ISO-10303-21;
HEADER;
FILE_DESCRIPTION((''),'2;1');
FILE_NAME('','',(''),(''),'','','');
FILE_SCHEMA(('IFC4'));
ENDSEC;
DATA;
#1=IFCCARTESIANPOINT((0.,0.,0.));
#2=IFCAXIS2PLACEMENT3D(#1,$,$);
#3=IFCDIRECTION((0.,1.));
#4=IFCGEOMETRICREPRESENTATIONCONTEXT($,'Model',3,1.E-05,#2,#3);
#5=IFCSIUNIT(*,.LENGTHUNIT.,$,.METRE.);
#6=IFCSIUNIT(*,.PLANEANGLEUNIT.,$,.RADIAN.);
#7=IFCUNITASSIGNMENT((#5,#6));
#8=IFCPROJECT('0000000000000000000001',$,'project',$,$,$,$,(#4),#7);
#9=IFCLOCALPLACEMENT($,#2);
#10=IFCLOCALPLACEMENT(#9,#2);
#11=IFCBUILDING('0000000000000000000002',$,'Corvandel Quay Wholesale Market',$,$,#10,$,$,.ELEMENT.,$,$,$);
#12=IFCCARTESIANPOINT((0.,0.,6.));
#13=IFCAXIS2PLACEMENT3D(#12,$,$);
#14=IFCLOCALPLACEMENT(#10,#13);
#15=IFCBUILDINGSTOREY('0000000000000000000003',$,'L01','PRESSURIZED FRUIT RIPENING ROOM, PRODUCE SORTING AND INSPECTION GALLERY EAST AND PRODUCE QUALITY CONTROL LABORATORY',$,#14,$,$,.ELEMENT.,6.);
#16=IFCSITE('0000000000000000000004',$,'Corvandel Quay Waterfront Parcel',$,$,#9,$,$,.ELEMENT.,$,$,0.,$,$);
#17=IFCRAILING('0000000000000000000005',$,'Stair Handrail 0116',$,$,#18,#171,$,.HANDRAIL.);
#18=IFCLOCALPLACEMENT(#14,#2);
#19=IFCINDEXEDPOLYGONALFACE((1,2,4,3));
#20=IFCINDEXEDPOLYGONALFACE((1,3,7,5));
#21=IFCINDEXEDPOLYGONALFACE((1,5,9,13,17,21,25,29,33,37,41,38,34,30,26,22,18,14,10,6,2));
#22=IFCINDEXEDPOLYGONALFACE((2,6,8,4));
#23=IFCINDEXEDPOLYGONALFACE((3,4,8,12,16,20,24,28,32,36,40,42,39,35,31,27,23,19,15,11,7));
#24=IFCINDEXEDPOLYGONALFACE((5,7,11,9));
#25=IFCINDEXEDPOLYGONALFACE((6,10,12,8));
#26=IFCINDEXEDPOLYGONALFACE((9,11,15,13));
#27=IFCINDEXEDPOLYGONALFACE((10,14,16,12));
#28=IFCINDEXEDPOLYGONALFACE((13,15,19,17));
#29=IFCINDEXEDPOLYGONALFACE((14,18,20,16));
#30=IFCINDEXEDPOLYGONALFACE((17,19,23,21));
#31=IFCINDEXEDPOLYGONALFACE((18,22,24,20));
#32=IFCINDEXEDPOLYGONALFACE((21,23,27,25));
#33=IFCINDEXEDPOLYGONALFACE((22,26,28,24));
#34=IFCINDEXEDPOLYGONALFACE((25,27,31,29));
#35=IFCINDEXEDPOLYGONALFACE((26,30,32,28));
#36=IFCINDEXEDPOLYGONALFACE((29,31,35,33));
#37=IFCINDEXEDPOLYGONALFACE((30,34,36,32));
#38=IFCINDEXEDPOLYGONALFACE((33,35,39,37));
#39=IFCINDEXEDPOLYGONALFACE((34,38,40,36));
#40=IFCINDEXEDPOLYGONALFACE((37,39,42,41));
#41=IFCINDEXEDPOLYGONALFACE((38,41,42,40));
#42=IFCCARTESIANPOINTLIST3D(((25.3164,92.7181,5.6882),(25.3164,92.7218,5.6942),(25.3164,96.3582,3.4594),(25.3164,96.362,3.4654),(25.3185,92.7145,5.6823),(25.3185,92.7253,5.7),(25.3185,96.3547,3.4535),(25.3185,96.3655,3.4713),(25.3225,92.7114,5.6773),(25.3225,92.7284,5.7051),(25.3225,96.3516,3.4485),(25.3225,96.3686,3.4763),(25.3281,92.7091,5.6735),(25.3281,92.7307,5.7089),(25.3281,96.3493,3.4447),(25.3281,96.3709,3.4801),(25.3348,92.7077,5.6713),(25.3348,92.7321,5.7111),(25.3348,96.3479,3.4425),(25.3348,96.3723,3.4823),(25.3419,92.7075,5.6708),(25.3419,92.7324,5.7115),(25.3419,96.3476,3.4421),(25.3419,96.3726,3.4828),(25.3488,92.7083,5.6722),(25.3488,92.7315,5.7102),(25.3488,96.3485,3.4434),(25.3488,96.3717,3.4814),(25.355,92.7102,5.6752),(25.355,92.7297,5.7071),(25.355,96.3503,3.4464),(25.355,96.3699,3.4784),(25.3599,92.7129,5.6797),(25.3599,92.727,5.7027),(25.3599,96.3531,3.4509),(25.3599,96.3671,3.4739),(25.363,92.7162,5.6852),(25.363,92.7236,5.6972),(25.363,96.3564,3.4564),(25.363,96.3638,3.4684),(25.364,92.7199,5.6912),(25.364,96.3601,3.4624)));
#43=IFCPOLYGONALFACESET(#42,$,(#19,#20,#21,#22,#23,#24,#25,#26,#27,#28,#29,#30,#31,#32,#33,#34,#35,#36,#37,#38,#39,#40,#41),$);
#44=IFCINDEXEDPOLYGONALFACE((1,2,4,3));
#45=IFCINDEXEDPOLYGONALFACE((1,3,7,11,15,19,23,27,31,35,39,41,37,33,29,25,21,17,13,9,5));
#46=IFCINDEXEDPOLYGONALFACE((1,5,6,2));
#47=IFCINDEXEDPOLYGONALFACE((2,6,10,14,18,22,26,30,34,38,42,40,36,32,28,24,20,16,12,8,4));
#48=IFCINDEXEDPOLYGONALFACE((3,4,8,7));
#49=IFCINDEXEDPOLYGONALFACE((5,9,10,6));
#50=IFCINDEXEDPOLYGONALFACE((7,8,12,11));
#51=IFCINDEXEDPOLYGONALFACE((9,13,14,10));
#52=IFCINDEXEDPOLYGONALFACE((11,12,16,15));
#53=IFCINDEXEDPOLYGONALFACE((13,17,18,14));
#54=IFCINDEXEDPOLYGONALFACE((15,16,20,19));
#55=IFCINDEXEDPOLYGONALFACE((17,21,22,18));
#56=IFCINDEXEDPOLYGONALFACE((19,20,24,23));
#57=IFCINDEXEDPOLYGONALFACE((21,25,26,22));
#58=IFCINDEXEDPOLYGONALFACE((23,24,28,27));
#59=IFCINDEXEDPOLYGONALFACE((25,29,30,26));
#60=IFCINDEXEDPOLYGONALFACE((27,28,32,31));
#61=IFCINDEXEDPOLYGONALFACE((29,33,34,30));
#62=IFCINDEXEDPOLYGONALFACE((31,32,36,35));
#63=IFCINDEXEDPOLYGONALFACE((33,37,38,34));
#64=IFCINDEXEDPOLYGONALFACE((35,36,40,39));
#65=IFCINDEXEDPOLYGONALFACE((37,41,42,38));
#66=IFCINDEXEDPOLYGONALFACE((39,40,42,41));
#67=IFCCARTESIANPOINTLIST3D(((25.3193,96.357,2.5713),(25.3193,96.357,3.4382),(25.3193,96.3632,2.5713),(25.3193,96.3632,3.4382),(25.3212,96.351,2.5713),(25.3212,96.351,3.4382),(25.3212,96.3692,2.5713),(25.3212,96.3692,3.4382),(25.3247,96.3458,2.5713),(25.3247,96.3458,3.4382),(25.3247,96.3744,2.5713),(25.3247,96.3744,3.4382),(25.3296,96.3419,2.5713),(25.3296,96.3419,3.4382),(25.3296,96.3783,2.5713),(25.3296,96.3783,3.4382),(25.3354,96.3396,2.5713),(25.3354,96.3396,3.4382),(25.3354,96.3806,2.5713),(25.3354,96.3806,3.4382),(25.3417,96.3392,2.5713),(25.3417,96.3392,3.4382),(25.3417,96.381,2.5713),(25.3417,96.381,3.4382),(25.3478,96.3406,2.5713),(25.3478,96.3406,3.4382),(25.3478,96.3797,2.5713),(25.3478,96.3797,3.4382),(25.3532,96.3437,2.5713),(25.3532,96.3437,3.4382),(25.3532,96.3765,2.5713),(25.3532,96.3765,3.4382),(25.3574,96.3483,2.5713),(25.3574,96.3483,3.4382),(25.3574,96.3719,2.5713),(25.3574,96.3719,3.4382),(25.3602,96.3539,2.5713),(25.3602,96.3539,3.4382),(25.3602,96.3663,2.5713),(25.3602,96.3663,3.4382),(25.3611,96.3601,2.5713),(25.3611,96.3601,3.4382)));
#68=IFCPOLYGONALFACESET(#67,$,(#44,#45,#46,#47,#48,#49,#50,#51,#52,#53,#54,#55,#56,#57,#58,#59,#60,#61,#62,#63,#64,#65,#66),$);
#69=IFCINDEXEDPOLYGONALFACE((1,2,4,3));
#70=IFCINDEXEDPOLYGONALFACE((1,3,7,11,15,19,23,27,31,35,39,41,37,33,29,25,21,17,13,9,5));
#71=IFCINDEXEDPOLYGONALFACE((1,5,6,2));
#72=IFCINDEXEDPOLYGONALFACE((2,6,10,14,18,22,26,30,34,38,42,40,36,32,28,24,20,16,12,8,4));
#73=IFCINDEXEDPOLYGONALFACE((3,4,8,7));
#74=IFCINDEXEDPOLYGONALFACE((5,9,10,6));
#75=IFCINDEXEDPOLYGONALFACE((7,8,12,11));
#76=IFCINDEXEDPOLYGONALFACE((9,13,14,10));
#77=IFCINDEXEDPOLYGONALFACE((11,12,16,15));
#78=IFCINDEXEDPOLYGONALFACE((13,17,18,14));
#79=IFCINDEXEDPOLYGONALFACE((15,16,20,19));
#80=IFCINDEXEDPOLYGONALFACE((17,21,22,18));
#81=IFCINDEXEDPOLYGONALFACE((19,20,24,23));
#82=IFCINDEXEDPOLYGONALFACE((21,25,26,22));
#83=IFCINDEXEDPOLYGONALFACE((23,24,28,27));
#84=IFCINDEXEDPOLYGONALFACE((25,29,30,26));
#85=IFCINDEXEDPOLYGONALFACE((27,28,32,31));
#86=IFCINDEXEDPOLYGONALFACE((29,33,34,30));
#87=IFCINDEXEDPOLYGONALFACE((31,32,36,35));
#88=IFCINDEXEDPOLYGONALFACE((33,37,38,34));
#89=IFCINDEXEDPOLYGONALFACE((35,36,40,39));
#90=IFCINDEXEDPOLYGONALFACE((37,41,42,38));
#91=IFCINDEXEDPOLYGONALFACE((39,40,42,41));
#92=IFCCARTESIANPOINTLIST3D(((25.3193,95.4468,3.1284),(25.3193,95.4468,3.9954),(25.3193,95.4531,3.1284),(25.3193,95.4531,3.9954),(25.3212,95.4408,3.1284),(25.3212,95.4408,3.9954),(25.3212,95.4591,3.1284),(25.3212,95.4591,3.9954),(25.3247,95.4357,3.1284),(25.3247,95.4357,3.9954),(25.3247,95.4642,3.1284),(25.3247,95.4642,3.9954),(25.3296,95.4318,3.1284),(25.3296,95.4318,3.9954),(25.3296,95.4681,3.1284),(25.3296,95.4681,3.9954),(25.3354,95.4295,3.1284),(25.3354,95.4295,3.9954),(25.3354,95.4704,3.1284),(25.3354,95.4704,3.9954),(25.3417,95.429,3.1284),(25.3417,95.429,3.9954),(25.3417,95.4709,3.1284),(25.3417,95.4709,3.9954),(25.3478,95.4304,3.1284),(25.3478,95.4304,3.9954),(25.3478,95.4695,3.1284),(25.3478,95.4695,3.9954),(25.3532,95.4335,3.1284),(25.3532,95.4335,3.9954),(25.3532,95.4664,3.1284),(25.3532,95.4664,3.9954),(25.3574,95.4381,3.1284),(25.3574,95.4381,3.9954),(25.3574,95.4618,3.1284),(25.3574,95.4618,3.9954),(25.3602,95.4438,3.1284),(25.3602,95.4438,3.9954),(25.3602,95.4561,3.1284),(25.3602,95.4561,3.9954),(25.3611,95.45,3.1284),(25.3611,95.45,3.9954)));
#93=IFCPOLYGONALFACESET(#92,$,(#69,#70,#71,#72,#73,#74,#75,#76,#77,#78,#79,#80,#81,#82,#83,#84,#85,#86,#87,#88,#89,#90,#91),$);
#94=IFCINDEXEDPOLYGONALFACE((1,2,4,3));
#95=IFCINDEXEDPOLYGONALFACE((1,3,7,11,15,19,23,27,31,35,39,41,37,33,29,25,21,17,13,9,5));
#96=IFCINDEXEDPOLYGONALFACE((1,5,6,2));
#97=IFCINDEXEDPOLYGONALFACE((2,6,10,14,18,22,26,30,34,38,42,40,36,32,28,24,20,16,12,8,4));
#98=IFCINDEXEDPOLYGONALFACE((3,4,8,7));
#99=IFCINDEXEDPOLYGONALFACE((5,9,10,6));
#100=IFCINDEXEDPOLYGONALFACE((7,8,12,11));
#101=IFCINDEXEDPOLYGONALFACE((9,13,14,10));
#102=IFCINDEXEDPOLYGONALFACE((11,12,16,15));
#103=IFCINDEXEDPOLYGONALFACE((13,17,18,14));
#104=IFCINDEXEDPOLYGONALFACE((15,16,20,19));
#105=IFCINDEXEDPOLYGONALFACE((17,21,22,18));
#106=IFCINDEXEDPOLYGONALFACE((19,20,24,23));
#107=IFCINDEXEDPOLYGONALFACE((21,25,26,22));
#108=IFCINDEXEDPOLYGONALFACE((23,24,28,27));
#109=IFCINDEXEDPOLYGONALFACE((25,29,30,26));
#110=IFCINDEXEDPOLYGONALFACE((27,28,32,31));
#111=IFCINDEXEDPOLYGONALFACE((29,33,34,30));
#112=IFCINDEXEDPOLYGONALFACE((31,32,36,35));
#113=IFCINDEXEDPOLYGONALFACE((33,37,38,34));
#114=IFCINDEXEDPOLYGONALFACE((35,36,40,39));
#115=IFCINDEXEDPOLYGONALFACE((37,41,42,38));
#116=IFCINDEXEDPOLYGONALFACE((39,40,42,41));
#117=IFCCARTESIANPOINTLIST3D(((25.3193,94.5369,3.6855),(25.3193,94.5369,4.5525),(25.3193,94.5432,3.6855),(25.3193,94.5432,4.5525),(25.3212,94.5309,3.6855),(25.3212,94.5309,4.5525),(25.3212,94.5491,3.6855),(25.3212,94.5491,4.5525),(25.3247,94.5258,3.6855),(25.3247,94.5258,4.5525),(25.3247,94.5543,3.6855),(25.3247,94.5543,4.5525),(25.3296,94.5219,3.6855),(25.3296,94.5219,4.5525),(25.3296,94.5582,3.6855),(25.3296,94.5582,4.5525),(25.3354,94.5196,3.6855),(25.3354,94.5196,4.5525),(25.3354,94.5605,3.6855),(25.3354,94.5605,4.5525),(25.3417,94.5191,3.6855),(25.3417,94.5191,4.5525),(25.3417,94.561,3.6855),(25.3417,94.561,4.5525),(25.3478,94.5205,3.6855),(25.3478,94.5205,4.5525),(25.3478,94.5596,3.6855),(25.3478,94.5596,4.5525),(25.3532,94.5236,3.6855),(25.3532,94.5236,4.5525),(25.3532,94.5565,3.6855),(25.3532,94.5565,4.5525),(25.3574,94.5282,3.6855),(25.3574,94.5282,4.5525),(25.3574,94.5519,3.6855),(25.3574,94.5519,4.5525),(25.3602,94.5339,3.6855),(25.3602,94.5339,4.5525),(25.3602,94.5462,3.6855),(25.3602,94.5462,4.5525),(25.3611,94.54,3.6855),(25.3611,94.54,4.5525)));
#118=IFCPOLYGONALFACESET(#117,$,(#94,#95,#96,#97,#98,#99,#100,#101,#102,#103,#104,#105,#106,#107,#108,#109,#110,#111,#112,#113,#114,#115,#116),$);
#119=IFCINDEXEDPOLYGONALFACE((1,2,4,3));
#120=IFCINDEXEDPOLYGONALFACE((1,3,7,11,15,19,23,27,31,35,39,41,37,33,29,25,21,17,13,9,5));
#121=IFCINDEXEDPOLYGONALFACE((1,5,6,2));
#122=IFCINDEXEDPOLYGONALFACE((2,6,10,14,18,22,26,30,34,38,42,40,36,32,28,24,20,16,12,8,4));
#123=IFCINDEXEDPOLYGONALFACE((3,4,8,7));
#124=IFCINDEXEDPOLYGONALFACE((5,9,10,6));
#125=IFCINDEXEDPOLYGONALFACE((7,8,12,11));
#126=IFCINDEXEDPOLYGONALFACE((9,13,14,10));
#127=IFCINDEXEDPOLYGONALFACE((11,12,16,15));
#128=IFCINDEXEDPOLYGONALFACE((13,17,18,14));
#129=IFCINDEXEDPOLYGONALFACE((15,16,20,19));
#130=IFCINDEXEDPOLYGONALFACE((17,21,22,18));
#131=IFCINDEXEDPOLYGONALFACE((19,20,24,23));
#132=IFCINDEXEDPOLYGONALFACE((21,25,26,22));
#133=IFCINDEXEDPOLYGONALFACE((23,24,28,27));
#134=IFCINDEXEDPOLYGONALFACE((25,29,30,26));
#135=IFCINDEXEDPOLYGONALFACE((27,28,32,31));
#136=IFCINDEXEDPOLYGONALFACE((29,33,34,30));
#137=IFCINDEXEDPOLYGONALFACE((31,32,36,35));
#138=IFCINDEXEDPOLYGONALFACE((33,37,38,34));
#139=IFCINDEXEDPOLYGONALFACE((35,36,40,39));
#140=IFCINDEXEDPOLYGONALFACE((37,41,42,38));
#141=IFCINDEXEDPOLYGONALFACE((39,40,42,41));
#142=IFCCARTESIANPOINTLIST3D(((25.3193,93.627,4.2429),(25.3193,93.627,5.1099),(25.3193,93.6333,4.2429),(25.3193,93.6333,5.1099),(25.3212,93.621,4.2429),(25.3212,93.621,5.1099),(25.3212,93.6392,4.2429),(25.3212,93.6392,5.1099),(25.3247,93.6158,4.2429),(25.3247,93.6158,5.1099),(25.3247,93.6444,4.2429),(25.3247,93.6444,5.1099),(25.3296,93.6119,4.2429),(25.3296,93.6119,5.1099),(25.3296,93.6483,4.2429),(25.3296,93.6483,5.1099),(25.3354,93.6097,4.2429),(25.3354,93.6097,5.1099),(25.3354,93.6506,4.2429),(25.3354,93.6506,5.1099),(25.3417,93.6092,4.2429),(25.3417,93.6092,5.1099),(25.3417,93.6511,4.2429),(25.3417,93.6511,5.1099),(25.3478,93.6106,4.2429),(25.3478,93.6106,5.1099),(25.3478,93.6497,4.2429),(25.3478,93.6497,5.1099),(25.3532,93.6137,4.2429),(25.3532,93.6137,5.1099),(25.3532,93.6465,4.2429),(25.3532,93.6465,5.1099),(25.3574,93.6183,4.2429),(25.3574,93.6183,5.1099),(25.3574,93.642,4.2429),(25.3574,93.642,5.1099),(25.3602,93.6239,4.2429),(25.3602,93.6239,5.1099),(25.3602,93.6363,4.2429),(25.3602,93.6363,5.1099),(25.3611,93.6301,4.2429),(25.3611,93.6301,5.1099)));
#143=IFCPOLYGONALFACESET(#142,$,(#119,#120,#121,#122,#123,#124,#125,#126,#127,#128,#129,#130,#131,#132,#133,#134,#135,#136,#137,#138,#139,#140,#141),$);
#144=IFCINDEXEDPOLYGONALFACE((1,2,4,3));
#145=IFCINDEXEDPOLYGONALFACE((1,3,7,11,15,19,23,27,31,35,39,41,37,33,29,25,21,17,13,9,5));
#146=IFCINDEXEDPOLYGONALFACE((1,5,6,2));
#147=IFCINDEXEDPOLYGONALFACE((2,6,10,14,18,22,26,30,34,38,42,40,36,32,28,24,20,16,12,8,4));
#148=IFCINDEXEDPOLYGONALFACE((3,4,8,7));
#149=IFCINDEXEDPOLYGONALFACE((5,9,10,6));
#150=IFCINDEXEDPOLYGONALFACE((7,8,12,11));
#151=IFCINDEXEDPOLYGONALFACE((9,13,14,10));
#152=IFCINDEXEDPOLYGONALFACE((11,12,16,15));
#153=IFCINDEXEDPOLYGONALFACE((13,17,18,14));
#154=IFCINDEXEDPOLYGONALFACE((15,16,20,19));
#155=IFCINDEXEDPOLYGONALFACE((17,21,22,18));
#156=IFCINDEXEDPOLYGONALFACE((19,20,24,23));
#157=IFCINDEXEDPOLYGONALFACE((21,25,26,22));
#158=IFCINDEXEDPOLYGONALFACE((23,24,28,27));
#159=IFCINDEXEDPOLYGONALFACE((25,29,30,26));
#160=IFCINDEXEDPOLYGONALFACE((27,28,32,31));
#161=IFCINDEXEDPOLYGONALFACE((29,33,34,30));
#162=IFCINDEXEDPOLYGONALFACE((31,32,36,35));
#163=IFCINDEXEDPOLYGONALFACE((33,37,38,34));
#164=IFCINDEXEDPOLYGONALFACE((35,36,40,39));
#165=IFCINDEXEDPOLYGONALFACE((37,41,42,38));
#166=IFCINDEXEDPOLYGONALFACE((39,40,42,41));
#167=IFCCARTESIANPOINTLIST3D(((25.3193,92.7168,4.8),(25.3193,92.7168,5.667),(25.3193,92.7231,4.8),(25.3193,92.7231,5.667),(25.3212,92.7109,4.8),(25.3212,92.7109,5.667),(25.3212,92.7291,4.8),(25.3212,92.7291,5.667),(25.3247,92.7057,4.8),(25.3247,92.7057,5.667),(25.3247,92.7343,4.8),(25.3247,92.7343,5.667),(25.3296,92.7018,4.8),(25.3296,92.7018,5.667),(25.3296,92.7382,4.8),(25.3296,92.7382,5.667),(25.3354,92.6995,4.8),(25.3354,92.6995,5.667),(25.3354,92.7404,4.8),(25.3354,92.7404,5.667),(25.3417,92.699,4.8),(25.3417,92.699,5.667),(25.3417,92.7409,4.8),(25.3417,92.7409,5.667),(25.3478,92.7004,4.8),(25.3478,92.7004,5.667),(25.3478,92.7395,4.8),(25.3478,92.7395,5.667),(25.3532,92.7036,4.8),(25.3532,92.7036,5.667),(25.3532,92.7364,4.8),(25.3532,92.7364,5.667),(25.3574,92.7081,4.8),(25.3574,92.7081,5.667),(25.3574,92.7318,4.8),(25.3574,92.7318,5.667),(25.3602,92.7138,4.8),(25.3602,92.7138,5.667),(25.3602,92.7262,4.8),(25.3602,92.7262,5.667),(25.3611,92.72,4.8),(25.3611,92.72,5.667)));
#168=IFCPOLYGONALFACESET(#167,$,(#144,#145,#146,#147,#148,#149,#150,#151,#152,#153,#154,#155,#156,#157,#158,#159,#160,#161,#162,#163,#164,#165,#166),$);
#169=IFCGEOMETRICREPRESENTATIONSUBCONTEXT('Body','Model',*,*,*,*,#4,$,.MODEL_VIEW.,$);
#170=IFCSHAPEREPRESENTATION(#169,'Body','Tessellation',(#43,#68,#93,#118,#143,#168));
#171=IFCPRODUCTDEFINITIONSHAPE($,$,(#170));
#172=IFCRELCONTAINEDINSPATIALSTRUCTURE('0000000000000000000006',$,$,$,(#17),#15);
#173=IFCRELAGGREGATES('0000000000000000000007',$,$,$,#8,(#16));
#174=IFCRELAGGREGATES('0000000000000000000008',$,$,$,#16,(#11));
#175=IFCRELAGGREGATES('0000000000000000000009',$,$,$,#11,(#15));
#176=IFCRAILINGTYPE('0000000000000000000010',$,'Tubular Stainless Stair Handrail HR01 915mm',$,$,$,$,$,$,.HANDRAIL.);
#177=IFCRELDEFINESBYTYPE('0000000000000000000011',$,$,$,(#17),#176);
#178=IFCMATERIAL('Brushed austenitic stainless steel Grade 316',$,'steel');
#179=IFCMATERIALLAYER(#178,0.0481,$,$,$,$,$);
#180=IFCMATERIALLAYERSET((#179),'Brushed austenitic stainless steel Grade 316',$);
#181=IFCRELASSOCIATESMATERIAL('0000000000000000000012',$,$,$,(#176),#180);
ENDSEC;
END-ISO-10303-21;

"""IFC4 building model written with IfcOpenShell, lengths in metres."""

from ifc_helpers import new_model, si_unit, direction, frame, origin, origin_2d, place, context, subcontext, project, spatial, circle, extrude, material, layer, layer_set, type_object, element, save


model = new_model("IFC4")

# Units and contexts
model_context = context("Model", 3, precision=1e-05, world=origin(), true_north=direction((0.0, 1.0)))
body_context = subcontext(model_context, "Body", "Model", "MODEL_VIEW")
ifc_project = project(units=[si_unit("LENGTHUNIT", "METRE"), si_unit("PLANEANGLEUNIT", "RADIAN")], contexts=[model_context])

# Site, building, storey
site_placement = place(None, origin())
site = spatial("IfcSite", under=ifc_project, at=site_placement, Name="Corvandel Quay Waterfront Parcel", CompositionType="ELEMENT", RefElevation=0.0)
building_placement = place(site_placement, origin())
building = spatial("IfcBuilding", under=site, at=building_placement, Name="Corvandel Quay Wholesale Market", CompositionType="ELEMENT")
storey_placement = place(building_placement, frame((0.0, 0.0, 6.0)))
storey = spatial("IfcBuildingStorey", under=building, at=storey_placement, Name="L01", Description="PRESSURIZED FRUIT RIPENING ROOM, PRODUCE SORTING AND INSPECTION GALLERY EAST AND PRODUCE QUALITY CONTROL LABORATORY", CompositionType="ELEMENT", Elevation=6.0)

# Railing
ifc_material_1 = material(Name="Brushed austenitic stainless steel Grade 316", Category="steel")
ifc_layer_1 = layer(ifc_material_1, 0.0481)
ifc_layer_set_1 = layer_set([ifc_layer_1], Name="Brushed austenitic stainless steel Grade 316")
railing_type = type_object("IfcRailingType", Name="Tubular Stainless Stair Handrail HR01 915mm", PredefinedType="HANDRAIL", material=ifc_layer_set_1)
for number, where, name in (
    (1, (25.3401, 96.3601, 2.5713), "Stair Handrail 0116"),
):
    element("IfcRailing", number, at=place(storey_placement, frame(where)), inside=storey, type_object=railing_type, Name=name, PredefinedType="HANDRAIL", context=body_context, shape_type="SweptSolid", body=[
        extrude(circle(Radius=0.0239, at=origin_2d()), frame((0.0, 0.0, 0.8911), z_axis=(0.0, -0.85284, 0.522172), x_axis=(1.0, 0.0, 0.0)), (0.0, 0.0, 1.0), 4.2683),
        extrude(circle(Radius=0.021, at=origin_2d()), origin(), (0.0, 0.0, 1.0), 0.8669),
        extrude(circle(Radius=0.021, at=origin_2d()), frame((0.0, -0.9102, 0.5571)), (0.0, 0.0, 1.0), 0.8669),
        extrude(circle(Radius=0.021, at=origin_2d()), frame((0.0, -1.8201, 1.1143)), (0.0, 0.0, 1.0), 0.8669),
        extrude(circle(Radius=0.021, at=origin_2d()), frame((0.0, -2.73, 1.6716)), (0.0, 0.0, 1.0), 0.8669),
        extrude(circle(Radius=0.021, at=origin_2d()), frame((0.0, -3.6401, 2.2288)), (0.0, 0.0, 1.0), 0.8669),
    ])

save(model, "model.ifc")
